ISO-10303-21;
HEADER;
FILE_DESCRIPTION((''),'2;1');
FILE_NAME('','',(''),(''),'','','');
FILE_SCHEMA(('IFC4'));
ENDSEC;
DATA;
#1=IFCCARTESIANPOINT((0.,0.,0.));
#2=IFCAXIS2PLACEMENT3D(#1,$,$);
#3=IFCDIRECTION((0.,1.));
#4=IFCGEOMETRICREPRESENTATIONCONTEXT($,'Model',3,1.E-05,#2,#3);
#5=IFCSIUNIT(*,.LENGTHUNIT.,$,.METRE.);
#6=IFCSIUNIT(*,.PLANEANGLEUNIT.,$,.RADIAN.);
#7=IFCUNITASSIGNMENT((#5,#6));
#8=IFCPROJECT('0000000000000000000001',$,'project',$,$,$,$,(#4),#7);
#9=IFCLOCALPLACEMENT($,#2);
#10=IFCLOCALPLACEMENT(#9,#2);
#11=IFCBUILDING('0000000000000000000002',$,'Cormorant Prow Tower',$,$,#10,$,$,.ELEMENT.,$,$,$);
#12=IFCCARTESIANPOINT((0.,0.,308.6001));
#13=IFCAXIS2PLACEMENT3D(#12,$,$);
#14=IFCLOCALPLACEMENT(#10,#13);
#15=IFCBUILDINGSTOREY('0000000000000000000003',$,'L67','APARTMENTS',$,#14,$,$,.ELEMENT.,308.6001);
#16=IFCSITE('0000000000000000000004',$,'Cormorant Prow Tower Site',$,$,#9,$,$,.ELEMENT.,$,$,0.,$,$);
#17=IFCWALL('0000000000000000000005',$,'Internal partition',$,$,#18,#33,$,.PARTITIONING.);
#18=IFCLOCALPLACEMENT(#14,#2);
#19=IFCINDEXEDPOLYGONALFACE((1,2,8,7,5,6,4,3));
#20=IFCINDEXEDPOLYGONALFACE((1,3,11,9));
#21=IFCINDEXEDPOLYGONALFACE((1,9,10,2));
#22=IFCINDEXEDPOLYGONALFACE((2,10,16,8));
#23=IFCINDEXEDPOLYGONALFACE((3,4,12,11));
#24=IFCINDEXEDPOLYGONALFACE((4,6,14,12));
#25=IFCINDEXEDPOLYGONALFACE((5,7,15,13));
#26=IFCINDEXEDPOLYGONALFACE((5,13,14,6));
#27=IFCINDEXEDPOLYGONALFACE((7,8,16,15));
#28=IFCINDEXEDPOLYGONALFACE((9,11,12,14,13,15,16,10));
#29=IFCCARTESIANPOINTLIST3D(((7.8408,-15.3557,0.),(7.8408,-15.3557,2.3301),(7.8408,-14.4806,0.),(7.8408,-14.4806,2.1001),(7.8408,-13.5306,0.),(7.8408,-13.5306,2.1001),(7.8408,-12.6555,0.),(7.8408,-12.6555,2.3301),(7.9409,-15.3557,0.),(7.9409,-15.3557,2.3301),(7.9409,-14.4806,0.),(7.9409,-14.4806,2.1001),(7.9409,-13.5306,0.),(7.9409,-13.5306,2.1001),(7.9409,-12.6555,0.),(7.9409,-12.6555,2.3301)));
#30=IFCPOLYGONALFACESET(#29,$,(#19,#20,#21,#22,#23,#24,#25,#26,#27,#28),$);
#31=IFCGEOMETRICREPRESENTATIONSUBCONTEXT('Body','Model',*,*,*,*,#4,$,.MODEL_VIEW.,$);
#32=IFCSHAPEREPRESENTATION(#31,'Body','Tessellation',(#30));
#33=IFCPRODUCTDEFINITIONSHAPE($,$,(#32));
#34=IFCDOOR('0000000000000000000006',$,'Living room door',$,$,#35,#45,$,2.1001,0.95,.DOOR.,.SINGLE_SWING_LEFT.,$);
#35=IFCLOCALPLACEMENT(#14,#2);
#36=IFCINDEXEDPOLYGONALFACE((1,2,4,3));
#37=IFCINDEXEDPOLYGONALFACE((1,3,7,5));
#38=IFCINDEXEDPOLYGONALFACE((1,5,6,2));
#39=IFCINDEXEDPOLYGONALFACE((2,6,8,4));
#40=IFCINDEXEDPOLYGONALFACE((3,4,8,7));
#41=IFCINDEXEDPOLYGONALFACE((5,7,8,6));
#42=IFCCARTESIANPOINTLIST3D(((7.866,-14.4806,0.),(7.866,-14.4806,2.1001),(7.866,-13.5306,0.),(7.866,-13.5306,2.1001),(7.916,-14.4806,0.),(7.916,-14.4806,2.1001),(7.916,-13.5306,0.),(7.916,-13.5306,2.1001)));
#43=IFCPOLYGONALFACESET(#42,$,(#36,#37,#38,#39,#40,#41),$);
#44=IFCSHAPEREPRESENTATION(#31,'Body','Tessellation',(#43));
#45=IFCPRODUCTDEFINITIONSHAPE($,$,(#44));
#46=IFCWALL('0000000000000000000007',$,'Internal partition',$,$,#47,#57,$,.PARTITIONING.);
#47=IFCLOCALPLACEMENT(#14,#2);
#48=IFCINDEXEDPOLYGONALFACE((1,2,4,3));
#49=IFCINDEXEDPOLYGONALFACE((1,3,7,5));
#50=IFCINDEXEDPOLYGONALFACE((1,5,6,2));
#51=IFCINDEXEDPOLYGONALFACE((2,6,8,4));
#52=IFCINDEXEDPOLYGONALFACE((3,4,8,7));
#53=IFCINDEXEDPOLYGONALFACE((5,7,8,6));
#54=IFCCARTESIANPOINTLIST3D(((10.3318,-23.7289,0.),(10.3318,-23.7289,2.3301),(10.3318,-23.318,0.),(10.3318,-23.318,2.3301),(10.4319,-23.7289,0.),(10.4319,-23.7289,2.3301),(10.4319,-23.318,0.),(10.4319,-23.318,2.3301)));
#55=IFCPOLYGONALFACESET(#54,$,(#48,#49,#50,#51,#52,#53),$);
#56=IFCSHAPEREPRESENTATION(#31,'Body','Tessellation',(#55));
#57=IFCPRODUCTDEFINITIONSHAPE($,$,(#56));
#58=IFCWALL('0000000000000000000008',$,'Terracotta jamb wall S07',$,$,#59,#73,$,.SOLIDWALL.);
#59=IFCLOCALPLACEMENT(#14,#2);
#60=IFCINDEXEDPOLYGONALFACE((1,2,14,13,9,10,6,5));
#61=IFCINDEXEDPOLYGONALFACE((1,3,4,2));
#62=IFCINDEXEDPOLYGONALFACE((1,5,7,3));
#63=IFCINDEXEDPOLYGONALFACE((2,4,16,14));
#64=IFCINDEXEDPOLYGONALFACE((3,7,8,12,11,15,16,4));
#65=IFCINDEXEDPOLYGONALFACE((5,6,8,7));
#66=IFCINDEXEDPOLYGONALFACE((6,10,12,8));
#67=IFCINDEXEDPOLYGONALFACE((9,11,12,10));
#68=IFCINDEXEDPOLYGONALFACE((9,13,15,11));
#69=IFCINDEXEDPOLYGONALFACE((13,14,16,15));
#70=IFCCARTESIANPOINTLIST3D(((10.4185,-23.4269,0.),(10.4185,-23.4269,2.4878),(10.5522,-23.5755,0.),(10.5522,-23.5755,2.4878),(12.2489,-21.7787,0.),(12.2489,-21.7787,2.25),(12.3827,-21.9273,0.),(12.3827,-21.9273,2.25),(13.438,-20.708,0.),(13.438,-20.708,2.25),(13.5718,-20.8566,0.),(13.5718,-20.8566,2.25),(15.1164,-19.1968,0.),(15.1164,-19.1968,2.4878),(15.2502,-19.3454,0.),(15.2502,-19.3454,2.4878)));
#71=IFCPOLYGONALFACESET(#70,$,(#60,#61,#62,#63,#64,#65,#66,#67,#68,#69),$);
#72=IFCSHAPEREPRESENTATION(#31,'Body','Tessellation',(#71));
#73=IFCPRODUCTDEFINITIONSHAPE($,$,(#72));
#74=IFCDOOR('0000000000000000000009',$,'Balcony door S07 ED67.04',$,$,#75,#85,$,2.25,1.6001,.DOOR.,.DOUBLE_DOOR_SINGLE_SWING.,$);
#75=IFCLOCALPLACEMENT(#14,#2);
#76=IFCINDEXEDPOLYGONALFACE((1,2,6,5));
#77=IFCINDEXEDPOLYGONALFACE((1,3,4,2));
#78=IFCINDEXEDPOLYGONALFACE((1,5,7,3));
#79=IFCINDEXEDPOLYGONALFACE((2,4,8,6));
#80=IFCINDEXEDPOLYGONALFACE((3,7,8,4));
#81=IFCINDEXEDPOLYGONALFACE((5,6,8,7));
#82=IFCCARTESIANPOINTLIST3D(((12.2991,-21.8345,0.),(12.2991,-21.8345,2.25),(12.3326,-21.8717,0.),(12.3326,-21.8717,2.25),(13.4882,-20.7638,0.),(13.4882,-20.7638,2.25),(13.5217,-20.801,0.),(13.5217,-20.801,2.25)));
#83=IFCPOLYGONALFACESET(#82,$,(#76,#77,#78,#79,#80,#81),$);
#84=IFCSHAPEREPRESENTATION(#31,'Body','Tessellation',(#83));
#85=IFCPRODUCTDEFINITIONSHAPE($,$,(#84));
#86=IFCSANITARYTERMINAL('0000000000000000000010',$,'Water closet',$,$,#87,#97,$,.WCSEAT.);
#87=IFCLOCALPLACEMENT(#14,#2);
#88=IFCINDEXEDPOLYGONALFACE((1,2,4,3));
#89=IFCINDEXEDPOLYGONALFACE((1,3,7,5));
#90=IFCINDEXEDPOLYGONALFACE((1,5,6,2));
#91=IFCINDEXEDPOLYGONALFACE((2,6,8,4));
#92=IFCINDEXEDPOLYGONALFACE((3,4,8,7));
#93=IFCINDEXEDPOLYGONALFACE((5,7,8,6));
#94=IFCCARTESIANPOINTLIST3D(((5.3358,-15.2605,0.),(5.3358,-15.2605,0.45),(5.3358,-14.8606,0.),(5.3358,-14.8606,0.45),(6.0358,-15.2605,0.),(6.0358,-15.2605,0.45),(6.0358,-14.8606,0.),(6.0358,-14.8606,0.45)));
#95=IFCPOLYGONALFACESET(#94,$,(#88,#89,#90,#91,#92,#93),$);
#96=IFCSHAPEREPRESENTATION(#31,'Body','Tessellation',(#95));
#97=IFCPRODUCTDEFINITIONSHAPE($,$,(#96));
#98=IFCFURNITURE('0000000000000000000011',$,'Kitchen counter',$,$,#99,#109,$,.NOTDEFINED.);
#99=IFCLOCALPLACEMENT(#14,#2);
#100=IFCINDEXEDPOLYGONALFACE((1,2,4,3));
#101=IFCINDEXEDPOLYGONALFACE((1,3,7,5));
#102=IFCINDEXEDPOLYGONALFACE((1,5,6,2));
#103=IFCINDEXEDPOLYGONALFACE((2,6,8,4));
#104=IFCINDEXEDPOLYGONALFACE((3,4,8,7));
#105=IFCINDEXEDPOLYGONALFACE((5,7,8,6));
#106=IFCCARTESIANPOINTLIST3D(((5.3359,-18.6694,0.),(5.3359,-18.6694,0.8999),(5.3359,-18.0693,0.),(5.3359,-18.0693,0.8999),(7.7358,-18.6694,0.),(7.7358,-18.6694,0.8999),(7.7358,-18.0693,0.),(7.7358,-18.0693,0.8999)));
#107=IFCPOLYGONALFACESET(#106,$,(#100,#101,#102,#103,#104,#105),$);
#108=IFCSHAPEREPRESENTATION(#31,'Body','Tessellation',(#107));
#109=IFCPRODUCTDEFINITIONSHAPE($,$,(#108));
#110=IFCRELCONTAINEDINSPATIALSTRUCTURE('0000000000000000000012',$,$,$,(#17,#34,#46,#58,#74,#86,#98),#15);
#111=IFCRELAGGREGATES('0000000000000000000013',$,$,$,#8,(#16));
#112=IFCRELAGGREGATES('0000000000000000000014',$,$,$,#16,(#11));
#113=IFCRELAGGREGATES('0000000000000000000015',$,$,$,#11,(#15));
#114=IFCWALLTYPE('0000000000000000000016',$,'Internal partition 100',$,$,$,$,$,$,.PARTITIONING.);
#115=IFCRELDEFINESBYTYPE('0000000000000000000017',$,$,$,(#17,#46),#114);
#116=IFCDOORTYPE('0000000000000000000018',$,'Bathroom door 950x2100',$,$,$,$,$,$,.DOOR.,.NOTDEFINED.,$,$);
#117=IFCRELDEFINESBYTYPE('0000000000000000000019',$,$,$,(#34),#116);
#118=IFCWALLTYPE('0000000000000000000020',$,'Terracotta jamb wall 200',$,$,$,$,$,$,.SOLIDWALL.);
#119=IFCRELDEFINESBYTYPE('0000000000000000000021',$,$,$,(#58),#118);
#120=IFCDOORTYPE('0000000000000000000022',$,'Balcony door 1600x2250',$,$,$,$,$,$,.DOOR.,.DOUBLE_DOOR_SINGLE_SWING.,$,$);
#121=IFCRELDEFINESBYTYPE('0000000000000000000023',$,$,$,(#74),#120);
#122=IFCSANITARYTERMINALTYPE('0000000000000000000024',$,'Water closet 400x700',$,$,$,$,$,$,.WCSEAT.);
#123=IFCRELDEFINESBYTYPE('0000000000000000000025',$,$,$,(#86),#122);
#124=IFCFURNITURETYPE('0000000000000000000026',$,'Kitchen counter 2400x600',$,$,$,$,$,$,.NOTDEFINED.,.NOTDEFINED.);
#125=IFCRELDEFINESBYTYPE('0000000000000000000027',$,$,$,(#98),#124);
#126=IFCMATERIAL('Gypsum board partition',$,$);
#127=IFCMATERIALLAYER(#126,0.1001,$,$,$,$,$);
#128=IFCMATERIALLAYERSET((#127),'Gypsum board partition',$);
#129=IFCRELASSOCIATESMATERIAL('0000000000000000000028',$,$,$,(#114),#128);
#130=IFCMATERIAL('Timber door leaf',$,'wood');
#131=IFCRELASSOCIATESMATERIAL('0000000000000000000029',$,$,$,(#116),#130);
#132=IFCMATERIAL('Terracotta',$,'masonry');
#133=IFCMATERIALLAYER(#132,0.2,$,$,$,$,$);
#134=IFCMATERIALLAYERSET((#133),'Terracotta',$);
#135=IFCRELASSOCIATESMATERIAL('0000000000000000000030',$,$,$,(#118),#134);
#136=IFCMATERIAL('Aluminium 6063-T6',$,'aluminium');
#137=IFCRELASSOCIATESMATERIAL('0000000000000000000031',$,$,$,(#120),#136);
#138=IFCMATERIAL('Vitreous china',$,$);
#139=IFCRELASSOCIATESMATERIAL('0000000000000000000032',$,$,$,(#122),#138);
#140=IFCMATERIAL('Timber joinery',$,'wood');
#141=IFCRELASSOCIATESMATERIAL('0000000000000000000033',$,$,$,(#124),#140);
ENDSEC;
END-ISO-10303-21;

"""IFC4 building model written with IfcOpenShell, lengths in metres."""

from ifc_helpers import new_model, si_unit, direction, frame, frame_2d, origin, origin_2d, place, context, subcontext, project, spatial, rectangle, extrude, material, layer, layer_set, type_object, element, fill, save


model = new_model("IFC4")

# Units and contexts
model_context = context("Model", 3, precision=1e-05, world=origin(), true_north=direction((0.0, 1.0)))
body_context = subcontext(model_context, "Body", "Model", "MODEL_VIEW")
ifc_project = project(units=[si_unit("LENGTHUNIT", "METRE"), si_unit("PLANEANGLEUNIT", "RADIAN")], contexts=[model_context])

# Site, building, storey
site_placement = place(None, origin())
site = spatial("IfcSite", under=ifc_project, at=site_placement, Name="Cormorant Prow Tower Site", CompositionType="ELEMENT", RefElevation=0.0)
building_placement = place(site_placement, origin())
building = spatial("IfcBuilding", under=site, at=building_placement, Name="Cormorant Prow Tower", CompositionType="ELEMENT")
storey_placement = place(building_placement, frame((0.0, 0.0, 308.6001)))
storey = spatial("IfcBuildingStorey", under=building, at=storey_placement, Name="L67", Description="APARTMENTS", CompositionType="ELEMENT", Elevation=308.6001)

# Wall, opening, door
ifc_material_1 = material(Name="Gypsum board partition")
ifc_layer_1 = layer(ifc_material_1, 0.1001)
ifc_layer_set_1 = layer_set([ifc_layer_1], Name="Gypsum board partition")
wall_type_1 = type_object("IfcWallType", Name="Internal partition 100", PredefinedType="PARTITIONING", material=ifc_layer_set_1)
ifc_material_2 = material(Name="Timber door leaf", Category="wood")
door_type_1 = type_object("IfcDoorType", Name="Bathroom door 950x2100", OperationType="NOTDEFINED", PredefinedType="DOOR", material=ifc_material_2)
wall_1_placement = place(storey_placement, frame((7.8909, -15.3557, 0.0), z_axis=(0.0, 0.0, 1.0), x_axis=(0.0, 1.0, 0.0)))
wall_1 = element("IfcWall", 1, at=wall_1_placement, inside=storey, type_object=wall_type_1, Name="Internal partition", PredefinedType="PARTITIONING", context=body_context, shape_type="SweptSolid", body=[
    extrude(rectangle(XDim=2.7002, YDim=0.1001, at=frame_2d((1.3501, 0.0))), origin(), (0.0, 0.0, 1.0), 2.3301),
])
opening_1_placement = place(wall_1_placement, frame((0.875, 0.0, 0.0)))
opening_1 = element("IfcOpeningElement", 2, at=opening_1_placement, cuts=wall_1, PredefinedType="OPENING", context=body_context, shape_type="SweptSolid", body=[
    extrude(rectangle(XDim=0.95, YDim=2.1001, at=frame_2d((0.4751, 1.05))), frame((0.0, 0.0601, 0.0), z_axis=(0.0, -1.0, 0.0), x_axis=(1.0, 0.0, 0.0)), (0.0, 0.0, 1.0), 0.1201),
])
door_1_placement = place(opening_1_placement, origin())
door_1 = element("IfcDoor", 3, at=door_1_placement, inside=storey, type_object=door_type_1, Name="Living room door", OperationType="SINGLE_SWING_LEFT", OverallHeight=2.1001, OverallWidth=0.95, PredefinedType="DOOR", context=body_context, shape_type="SweptSolid", body=[
    extrude(rectangle(XDim=0.95, YDim=2.1001, at=frame_2d((0.4751, 1.05))), frame((0.0, 0.0249, 0.0), z_axis=(0.0, -1.0, 0.0), x_axis=(1.0, 0.0, 0.0)), (0.0, 0.0, 1.0), 0.05),
])
fill(opening_1, door_1)

# Wall
wall_2_placement = place(storey_placement, frame((10.3818, -23.729, 0.0), z_axis=(0.0, 0.0, 1.0), x_axis=(0.0, 1.0, 0.0)))
element("IfcWall", 4, at=wall_2_placement, inside=storey, type_object=wall_type_1, Name="Internal partition", PredefinedType="PARTITIONING", context=body_context, shape_type="SweptSolid", body=[
    extrude(rectangle(XDim=0.4109, YDim=0.1001, at=frame_2d((0.2056, 0.0))), origin(), (0.0, 0.0, 1.0), 2.3301),
])

# Wall, opening, door
ifc_material_3 = material(Name="Terracotta", Category="masonry")
ifc_layer_2 = layer(ifc_material_3, 0.2)
ifc_layer_set_2 = layer_set([ifc_layer_2], Name="Terracotta")
wall_type_2 = type_object("IfcWallType", Name="Terracotta jamb wall 200", PredefinedType="SOLIDWALL", material=ifc_layer_set_2)
wall_3_placement = place(storey_placement, frame((10.4854, -23.5012, 0.0), z_axis=(0.0, 0.0, 1.0), x_axis=(0.743135, 0.669142, 0.0)))
wall_3 = element("IfcWall", 5, at=wall_3_placement, inside=storey, type_object=wall_type_2, Name="Terracotta jamb wall S07", PredefinedType="SOLIDWALL", context=body_context, shape_type="SweptSolid", body=[
    extrude(rectangle(XDim=6.3218, YDim=0.2, at=frame_2d((3.1609, 0.0))), origin(), (0.0, 0.0, 1.0), 2.4878),
])
opening_2_placement = place(wall_3_placement, frame((2.4631, 0.0, 0.0)))
opening_2 = element("IfcOpeningElement", 6, at=opening_2_placement, cuts=wall_3, PredefinedType="OPENING", context=body_context, shape_type="SweptSolid", body=[
    extrude(rectangle(XDim=1.6001, YDim=2.25, at=frame_2d((0.8, 1.125))), frame((0.0, 0.1099, 0.0), z_axis=(0.0, -1.0, 0.0), x_axis=(1.0, 0.0, 0.0)), (0.0, 0.0, 1.0), 0.22),
])
ifc_material_4 = material(Name="Aluminium 6063-T6", Category="aluminium")
door_type_2 = type_object("IfcDoorType", Name="Balcony door 1600x2250", OperationType="DOUBLE_DOOR_SINGLE_SWING", PredefinedType="DOOR", material=ifc_material_4)
door_2_placement = place(opening_2_placement, origin())
door_2 = element("IfcDoor", 7, at=door_2_placement, inside=storey, type_object=door_type_2, Name="Balcony door S07 ED67.04", OperationType="DOUBLE_DOOR_SINGLE_SWING", OverallHeight=2.25, OverallWidth=1.6001, PredefinedType="DOOR", context=body_context, shape_type="SweptSolid", body=[
    extrude(rectangle(XDim=1.6001, YDim=2.25, at=frame_2d((0.8, 1.125))), frame((0.0, 0.0249, 0.0), z_axis=(0.0, -1.0, 0.0), x_axis=(1.0, 0.0, 0.0)), (0.0, 0.0, 1.0), 0.05),
])
fill(opening_2, door_2)

# Sanitary terminal
ifc_material_5 = material(Name="Vitreous china")
sanitary_terminal_type = type_object("IfcSanitaryTerminalType", Name="Water closet 400x700", PredefinedType="WCSEAT", material=ifc_material_5)
sanitary_terminal_placement = place(storey_placement, frame((5.6858, -15.0605, 0.0), z_axis=(0.0, 0.0, 1.0), x_axis=(0.0, 1.0, 0.0)))
element("IfcSanitaryTerminal", 8, at=sanitary_terminal_placement, inside=storey, type_object=sanitary_terminal_type, Name="Water closet", PredefinedType="WCSEAT", context=body_context, shape_type="SweptSolid", body=[
    extrude(rectangle(XDim=0.3999, YDim=0.7, at=origin_2d()), origin(), (0.0, 0.0, 1.0), 0.45),
])

# Furniture
ifc_material_6 = material(Name="Timber joinery", Category="wood")
furniture_type = type_object("IfcFurnitureType", Name="Kitchen counter 2400x600", AssemblyPlace="NOTDEFINED", PredefinedType="NOTDEFINED", material=ifc_material_6)
furniture_placement = place(storey_placement, frame((6.5359, -18.3694, 0.0), z_axis=(0.0, 0.0, 1.0), x_axis=(1.0, 0.0, 0.0)))
element("IfcFurniture", 9, at=furniture_placement, inside=storey, type_object=furniture_type, Name="Kitchen counter", PredefinedType="NOTDEFINED", context=body_context, shape_type="SweptSolid", body=[
    extrude(rectangle(XDim=2.3999, YDim=0.6001, at=origin_2d()), origin(), (0.0, 0.0, 1.0), 0.8999),
])

save(model, "model.ifc")
